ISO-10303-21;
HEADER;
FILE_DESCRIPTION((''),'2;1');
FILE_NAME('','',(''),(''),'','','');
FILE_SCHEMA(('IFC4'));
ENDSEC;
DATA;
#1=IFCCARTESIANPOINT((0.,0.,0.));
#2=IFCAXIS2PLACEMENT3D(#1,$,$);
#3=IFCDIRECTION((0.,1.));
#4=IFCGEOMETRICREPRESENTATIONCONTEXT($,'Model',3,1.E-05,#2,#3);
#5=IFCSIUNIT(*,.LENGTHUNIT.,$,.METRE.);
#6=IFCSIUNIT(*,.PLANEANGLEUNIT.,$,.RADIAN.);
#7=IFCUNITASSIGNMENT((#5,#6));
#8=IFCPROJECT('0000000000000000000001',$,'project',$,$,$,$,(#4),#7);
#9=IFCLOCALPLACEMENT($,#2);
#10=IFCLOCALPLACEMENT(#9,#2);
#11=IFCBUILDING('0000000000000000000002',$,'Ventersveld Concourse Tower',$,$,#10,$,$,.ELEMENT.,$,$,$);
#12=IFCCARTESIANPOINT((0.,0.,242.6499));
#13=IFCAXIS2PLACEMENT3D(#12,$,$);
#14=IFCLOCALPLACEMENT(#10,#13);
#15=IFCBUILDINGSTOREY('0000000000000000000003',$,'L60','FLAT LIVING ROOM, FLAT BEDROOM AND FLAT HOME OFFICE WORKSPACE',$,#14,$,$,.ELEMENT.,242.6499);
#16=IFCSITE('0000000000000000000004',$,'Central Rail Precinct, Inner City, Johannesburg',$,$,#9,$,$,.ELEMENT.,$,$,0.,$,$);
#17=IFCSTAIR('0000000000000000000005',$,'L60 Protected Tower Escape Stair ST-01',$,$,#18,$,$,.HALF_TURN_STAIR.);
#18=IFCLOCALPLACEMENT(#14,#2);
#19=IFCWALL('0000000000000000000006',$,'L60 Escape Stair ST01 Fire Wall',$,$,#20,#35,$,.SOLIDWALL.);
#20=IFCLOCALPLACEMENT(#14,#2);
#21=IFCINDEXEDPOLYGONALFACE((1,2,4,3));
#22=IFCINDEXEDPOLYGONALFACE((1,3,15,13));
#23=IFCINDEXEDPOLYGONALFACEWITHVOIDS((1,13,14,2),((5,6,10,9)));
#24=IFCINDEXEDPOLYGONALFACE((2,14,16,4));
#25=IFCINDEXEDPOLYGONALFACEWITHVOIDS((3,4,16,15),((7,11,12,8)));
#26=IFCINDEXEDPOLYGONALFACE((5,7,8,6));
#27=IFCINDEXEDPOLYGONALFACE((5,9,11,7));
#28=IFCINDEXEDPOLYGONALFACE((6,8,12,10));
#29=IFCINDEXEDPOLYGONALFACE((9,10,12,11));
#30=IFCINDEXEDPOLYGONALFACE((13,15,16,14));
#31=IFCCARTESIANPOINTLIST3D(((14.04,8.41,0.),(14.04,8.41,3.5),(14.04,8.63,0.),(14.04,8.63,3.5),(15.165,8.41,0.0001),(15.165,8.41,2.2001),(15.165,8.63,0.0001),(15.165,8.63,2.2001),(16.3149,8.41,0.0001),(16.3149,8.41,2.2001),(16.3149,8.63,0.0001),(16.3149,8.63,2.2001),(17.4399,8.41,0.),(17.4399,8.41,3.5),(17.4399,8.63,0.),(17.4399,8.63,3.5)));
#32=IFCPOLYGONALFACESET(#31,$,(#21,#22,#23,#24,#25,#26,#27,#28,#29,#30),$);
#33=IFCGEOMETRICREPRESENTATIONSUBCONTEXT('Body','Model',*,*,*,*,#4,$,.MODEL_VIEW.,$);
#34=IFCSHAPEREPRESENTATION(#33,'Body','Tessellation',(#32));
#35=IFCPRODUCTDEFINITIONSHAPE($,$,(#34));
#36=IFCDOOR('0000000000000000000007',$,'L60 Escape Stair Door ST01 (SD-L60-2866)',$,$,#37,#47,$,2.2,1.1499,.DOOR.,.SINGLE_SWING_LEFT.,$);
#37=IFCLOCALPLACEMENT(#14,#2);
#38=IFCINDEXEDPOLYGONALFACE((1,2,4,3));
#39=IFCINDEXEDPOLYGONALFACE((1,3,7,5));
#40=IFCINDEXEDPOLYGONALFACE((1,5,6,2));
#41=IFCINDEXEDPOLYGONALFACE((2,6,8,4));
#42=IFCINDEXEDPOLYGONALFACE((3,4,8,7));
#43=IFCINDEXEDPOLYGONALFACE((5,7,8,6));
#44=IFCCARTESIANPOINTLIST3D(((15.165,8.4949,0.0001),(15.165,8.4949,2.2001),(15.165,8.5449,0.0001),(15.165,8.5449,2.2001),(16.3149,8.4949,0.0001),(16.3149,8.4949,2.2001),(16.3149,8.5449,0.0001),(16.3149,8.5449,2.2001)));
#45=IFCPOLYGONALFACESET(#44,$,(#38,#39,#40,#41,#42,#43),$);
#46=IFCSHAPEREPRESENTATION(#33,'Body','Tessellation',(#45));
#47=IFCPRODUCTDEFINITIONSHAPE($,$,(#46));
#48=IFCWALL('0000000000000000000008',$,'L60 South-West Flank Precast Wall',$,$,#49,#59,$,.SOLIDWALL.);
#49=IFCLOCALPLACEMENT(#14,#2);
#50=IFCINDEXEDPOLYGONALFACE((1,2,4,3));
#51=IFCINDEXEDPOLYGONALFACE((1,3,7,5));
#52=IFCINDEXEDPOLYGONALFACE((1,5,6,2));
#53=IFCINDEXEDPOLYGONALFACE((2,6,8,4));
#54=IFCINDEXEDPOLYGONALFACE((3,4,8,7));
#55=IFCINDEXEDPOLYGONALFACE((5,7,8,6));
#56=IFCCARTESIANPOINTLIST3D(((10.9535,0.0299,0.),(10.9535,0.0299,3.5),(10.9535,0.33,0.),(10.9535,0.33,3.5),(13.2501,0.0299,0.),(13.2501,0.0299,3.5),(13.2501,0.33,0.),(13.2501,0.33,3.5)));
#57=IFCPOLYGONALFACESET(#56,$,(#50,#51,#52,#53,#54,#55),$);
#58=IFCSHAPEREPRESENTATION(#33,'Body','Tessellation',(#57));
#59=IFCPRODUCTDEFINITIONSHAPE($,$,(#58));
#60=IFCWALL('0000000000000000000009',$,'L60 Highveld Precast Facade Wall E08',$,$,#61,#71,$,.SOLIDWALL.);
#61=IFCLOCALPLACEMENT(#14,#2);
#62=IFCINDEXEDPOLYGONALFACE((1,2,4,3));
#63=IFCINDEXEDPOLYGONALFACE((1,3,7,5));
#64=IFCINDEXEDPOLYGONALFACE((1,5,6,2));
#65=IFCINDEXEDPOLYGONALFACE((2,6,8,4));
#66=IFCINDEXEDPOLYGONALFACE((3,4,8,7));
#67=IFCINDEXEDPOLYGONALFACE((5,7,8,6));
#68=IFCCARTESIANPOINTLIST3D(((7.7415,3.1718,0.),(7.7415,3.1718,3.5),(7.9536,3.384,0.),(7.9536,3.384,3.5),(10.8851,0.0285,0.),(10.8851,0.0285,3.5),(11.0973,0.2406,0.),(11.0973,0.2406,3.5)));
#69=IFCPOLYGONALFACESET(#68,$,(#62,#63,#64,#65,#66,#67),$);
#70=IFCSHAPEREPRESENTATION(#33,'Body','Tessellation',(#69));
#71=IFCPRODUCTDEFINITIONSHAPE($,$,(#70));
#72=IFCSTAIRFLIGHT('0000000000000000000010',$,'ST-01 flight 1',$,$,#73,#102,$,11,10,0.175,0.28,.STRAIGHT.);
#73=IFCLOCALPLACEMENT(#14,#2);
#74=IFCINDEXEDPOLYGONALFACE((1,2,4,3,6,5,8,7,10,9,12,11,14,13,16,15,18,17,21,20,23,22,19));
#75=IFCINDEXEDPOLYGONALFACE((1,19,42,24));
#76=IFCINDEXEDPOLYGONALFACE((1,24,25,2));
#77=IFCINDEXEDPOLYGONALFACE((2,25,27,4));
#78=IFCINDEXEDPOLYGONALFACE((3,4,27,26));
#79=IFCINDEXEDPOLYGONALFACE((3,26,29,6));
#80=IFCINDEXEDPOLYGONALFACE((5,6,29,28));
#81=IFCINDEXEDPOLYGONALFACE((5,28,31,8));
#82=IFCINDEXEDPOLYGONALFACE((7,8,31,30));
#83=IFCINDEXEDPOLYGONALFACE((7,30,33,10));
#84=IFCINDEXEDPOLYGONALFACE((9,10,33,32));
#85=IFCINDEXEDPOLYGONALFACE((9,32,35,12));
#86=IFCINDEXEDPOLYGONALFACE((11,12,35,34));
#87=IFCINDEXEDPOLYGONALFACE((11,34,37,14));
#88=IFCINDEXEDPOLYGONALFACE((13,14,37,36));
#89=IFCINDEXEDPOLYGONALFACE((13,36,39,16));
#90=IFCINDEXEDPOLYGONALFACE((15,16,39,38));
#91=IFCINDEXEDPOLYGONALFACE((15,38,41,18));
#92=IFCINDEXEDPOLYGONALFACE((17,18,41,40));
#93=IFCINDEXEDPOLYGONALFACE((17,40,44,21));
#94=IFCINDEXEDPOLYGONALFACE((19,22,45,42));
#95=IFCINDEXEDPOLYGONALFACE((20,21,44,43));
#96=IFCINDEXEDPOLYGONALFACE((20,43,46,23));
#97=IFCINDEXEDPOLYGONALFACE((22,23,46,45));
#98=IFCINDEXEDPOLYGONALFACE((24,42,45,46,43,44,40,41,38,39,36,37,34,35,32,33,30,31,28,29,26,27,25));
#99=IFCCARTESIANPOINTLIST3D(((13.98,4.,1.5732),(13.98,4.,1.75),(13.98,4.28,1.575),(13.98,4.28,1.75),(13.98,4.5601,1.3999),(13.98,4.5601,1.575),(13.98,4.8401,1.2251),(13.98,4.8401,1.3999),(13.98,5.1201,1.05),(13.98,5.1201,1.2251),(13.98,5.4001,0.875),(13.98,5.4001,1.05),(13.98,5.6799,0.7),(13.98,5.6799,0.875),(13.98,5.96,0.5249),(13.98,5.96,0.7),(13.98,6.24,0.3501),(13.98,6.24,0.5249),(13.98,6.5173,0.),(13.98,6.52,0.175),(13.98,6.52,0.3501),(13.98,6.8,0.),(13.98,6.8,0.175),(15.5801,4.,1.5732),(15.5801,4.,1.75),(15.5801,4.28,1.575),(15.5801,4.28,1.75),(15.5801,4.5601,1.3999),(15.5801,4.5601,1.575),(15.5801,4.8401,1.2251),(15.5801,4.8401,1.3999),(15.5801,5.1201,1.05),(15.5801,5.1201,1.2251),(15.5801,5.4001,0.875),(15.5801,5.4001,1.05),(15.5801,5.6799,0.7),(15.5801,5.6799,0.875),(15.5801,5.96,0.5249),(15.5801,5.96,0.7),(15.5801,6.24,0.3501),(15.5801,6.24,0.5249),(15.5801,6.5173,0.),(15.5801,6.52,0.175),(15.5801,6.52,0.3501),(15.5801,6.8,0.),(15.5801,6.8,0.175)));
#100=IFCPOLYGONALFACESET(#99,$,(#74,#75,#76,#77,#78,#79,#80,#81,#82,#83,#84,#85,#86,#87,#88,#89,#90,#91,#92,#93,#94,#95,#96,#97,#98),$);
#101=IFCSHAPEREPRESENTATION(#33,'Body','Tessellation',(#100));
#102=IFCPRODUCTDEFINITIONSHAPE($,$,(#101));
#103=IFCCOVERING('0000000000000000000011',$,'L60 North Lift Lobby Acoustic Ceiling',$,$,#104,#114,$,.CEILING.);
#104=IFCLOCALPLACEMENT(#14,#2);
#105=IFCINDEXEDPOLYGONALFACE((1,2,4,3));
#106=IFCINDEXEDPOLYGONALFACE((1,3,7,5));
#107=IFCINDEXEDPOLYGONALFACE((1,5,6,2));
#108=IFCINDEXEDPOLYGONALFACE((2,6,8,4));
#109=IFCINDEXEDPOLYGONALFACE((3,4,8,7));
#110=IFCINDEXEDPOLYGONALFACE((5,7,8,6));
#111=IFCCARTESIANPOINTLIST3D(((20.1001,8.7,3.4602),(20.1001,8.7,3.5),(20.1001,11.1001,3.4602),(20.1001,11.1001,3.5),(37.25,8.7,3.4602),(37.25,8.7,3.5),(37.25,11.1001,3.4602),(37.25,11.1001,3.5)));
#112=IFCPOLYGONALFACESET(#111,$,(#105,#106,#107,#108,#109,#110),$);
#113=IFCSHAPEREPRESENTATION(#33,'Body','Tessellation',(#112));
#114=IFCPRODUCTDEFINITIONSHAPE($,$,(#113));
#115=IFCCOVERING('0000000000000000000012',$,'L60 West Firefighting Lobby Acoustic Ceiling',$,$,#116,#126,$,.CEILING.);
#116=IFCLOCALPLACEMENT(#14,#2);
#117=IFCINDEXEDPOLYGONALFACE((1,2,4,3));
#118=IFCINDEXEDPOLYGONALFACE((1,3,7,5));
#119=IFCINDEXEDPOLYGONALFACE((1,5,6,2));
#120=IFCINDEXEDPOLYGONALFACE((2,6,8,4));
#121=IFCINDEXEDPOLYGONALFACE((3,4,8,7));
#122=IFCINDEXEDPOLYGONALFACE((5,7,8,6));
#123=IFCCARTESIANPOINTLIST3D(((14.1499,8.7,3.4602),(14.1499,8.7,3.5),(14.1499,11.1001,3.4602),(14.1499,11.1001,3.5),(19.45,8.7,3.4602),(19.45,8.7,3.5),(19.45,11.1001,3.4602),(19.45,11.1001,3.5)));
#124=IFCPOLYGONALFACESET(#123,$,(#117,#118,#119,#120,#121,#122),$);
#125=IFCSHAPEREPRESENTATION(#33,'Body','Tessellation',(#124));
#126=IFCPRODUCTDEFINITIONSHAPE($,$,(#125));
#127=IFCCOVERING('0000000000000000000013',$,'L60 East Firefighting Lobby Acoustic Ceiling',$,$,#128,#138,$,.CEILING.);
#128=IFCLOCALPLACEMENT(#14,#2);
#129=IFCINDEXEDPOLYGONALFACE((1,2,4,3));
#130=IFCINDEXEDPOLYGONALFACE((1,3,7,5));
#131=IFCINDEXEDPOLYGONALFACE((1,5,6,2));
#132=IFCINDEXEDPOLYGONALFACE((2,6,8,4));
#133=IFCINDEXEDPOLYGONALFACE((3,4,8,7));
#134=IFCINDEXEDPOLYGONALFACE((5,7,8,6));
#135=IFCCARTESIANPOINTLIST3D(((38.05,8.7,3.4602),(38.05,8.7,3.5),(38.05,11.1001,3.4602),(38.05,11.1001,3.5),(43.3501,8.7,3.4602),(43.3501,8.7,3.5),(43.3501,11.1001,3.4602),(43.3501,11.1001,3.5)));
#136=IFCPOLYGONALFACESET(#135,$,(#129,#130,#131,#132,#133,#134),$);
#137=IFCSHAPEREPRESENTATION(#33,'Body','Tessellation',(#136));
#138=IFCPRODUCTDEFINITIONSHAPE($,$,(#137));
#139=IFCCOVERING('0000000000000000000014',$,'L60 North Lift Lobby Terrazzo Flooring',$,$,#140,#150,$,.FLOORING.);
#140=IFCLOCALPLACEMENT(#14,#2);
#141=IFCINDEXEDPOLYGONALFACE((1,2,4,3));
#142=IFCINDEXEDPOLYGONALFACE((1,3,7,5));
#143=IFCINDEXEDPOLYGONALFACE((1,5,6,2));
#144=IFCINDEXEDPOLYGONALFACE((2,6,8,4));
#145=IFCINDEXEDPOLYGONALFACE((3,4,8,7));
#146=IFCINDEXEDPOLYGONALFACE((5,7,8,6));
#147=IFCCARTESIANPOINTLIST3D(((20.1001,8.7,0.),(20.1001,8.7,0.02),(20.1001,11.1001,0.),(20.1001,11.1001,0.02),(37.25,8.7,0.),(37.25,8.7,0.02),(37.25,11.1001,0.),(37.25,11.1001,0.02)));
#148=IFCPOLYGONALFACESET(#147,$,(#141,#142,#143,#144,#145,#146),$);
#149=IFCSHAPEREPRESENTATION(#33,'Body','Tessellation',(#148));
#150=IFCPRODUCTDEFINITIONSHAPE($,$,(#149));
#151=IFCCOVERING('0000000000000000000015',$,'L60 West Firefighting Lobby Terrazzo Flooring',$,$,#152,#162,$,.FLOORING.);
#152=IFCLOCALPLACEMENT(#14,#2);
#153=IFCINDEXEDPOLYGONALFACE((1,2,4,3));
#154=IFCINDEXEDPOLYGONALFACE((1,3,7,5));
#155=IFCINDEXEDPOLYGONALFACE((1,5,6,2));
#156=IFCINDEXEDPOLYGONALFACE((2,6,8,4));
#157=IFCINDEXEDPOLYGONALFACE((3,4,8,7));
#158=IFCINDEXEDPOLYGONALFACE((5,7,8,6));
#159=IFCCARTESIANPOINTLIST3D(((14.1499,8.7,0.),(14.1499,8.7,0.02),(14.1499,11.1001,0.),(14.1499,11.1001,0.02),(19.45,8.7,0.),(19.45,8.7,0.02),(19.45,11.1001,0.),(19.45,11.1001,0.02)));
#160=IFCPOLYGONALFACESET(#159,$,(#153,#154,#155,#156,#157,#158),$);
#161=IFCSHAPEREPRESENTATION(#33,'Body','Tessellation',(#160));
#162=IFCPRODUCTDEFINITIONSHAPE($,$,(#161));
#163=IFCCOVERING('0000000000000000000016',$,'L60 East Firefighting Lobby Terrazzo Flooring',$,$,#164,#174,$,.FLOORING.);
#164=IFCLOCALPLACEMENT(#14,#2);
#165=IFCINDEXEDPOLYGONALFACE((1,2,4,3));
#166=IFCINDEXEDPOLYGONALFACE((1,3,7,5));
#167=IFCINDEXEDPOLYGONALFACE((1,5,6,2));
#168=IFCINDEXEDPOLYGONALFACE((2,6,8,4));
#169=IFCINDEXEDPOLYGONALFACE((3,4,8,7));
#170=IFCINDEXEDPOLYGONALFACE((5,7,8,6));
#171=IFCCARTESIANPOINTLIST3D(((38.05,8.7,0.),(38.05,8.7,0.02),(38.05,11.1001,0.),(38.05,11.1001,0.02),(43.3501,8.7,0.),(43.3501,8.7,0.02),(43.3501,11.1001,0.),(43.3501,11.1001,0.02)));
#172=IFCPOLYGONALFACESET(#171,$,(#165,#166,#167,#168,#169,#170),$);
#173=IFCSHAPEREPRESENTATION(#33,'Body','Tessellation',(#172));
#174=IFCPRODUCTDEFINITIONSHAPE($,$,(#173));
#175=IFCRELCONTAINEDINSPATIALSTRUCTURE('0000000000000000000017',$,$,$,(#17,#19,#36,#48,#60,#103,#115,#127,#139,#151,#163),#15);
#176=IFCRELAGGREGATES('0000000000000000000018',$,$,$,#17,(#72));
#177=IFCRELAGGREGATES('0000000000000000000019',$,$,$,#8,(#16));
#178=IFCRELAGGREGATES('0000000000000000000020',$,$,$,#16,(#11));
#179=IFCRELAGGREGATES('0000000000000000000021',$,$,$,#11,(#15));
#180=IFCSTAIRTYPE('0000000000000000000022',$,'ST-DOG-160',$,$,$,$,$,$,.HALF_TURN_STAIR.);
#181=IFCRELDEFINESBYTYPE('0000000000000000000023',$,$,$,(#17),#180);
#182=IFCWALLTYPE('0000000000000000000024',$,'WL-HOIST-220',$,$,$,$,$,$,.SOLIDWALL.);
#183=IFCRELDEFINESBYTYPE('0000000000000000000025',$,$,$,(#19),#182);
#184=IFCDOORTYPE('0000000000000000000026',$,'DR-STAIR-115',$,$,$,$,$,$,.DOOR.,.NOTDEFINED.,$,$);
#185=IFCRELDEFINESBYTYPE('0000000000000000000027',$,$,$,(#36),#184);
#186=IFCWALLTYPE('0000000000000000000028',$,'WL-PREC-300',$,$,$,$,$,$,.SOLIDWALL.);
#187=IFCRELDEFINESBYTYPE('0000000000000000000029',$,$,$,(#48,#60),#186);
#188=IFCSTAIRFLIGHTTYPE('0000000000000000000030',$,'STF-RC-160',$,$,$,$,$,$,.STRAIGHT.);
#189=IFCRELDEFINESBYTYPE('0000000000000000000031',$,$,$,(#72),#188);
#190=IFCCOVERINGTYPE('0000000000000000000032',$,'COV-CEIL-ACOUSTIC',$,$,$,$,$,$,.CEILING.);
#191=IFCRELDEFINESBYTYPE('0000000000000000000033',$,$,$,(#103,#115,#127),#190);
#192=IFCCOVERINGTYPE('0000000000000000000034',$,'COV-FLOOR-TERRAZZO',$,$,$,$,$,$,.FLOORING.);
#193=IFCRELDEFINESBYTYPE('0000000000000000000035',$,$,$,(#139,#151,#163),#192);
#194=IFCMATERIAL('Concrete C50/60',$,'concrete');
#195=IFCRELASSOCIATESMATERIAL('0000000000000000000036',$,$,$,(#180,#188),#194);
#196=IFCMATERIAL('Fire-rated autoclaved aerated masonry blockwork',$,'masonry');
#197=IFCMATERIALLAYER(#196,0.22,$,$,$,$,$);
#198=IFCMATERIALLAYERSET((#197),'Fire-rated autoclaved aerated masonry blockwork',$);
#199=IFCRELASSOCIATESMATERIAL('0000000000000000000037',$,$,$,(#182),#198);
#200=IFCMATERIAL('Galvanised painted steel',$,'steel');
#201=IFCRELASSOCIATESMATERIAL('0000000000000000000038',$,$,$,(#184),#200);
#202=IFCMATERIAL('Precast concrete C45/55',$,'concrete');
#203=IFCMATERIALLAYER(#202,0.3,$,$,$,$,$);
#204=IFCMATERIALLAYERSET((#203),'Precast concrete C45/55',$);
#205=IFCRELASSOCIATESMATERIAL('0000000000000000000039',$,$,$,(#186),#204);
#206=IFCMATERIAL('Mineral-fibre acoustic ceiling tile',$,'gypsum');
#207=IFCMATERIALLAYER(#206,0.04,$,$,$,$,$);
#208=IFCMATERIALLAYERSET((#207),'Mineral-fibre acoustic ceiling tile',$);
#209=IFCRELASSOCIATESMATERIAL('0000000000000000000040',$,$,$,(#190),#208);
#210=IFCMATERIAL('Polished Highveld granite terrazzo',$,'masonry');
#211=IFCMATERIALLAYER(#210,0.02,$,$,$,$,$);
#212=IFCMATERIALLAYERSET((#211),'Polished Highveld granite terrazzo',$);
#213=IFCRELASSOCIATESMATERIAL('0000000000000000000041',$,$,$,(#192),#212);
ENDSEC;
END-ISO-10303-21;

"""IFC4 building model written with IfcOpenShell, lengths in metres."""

from ifc_helpers import new_model, si_unit, direction, frame, frame_2d, origin, place, context, subcontext, project, spatial, polyline, rectangle, outline, extrude, material, layer, layer_set, type_object, element, fill, aggregate, save


model = new_model("IFC4")

# Units and contexts
model_context = context("Model", 3, precision=1e-05, world=origin(), true_north=direction((0.0, 1.0)))
body_context = subcontext(model_context, "Body", "Model", "MODEL_VIEW")
ifc_project = project(units=[si_unit("LENGTHUNIT", "METRE"), si_unit("PLANEANGLEUNIT", "RADIAN")], contexts=[model_context])

# Site, building, storey
site_placement = place(None, origin())
site = spatial("IfcSite", under=ifc_project, at=site_placement, Name="Central Rail Precinct, Inner City, Johannesburg", CompositionType="ELEMENT", RefElevation=0.0)
building_placement = place(site_placement, origin())
building = spatial("IfcBuilding", under=site, at=building_placement, Name="Ventersveld Concourse Tower", CompositionType="ELEMENT")
storey_placement = place(building_placement, frame((0.0, 0.0, 242.6499)))
storey = spatial("IfcBuildingStorey", under=building, at=storey_placement, Name="L60", Description="FLAT LIVING ROOM, FLAT BEDROOM AND FLAT HOME OFFICE WORKSPACE", CompositionType="ELEMENT", Elevation=242.6499)

# Shared definitions
ifc_material_1 = material(Name="Concrete C50/60", Category="concrete")

# Stair
stair_type_1 = type_object("IfcStairType", Name="ST-DOG-160", PredefinedType="HALF_TURN_STAIR", material=ifc_material_1)
stair_1_placement = place(storey_placement, origin())
stair_1 = element("IfcStair", 1, at=stair_1_placement, inside=storey, type_object=stair_type_1, Name="L60 Protected Tower Escape Stair ST-01", PredefinedType="HALF_TURN_STAIR")

# Wall, opening, door
ifc_material_2 = material(Name="Fire-rated autoclaved aerated masonry blockwork", Category="masonry")
ifc_layer_1 = layer(ifc_material_2, 0.22)
ifc_layer_set_1 = layer_set([ifc_layer_1], Name="Fire-rated autoclaved aerated masonry blockwork")
wall_type_1 = type_object("IfcWallType", Name="WL-HOIST-220", PredefinedType="SOLIDWALL", material=ifc_layer_set_1)
wall_1_placement = place(storey_placement, frame((14.04, 8.52, 0.0), z_axis=(0.0, 0.0, 1.0), x_axis=(1.0, 0.0, 0.0)))
wall_1 = element("IfcWall", 2, at=wall_1_placement, inside=storey, type_object=wall_type_1, Name="L60 Escape Stair ST01 Fire Wall", PredefinedType="SOLIDWALL", context=body_context, shape_type="SweptSolid", body=[
    extrude(rectangle(XDim=3.3999, YDim=0.22, at=frame_2d((1.7, 0.0))), origin(), (0.0, 0.0, 1.0), 3.5),
])
opening_placement = place(wall_1_placement, frame((1.125, 0.0, 0.0)))
opening = element("IfcOpeningElement", 3, at=opening_placement, cuts=wall_1, PredefinedType="OPENING", context=body_context, shape_type="SweptSolid", body=[
    extrude(rectangle(XDim=1.1499, YDim=2.2, at=frame_2d((0.575, 1.1001))), frame((0.0, 0.1201, 0.0), z_axis=(0.0, -1.0, 0.0), x_axis=(1.0, 0.0, 0.0)), (0.0, 0.0, 1.0), 0.24),
])
ifc_material_3 = material(Name="Galvanised painted steel", Category="steel")
door_type = type_object("IfcDoorType", Name="DR-STAIR-115", OperationType="NOTDEFINED", PredefinedType="DOOR", material=ifc_material_3)
door_placement = place(opening_placement, origin())
door = element("IfcDoor", 4, at=door_placement, inside=storey, type_object=door_type, Name="L60 Escape Stair Door ST01 (SD-L60-2866)", OperationType="SINGLE_SWING_LEFT", OverallHeight=2.2, OverallWidth=1.1499, PredefinedType="DOOR", context=body_context, shape_type="SweptSolid", body=[
    extrude(rectangle(XDim=1.1499, YDim=2.2, at=frame_2d((0.575, 1.1001))), frame((0.0, 0.0249, 0.0), z_axis=(0.0, -1.0, 0.0), x_axis=(1.0, 0.0, 0.0)), (0.0, 0.0, 1.0), 0.05),
])
fill(opening, door)

# Walls
ifc_material_4 = material(Name="Precast concrete C45/55", Category="concrete")
ifc_layer_2 = layer(ifc_material_4, 0.3)
ifc_layer_set_2 = layer_set([ifc_layer_2], Name="Precast concrete C45/55")
wall_type_2 = type_object("IfcWallType", Name="WL-PREC-300", PredefinedType="SOLIDWALL", material=ifc_layer_set_2)
wall_2_placement = place(storey_placement, frame((10.9534, 0.1799, 0.0), z_axis=(0.0, 0.0, 1.0), x_axis=(1.0, 0.0, 0.0)))
element("IfcWall", 5, at=wall_2_placement, inside=storey, type_object=wall_type_2, Name="L60 South-West Flank Precast Wall", PredefinedType="SOLIDWALL", context=body_context, shape_type="SweptSolid", body=[
    extrude(rectangle(XDim=2.2966, YDim=0.3, at=frame_2d((1.1484, 0.0))), origin(), (0.0, 0.0, 1.0), 3.5),
])
wall_3_placement = place(storey_placement, frame((7.8477, 3.2778, 0.0), z_axis=(0.0, 0.0, 1.0), x_axis=(0.707134, -0.707079, 0.0)))
element("IfcWall", 6, at=wall_3_placement, inside=storey, type_object=wall_type_2, Name="L60 Highveld Precast Facade Wall E08", PredefinedType="SOLIDWALL", context=body_context, shape_type="SweptSolid", body=[
    extrude(rectangle(XDim=4.4456, YDim=0.3, at=frame_2d((2.2227, 0.0))), origin(), (0.0, 0.0, 1.0), 3.5),
])

# Stair flight
stair_flight_type = type_object("IfcStairFlightType", Name="STF-RC-160", PredefinedType="STRAIGHT", material=ifc_material_1)
stair_flight_placement = place(storey_placement, frame((14.78, 6.8, 0.0), z_axis=(0.0, 0.0, 1.0), x_axis=(0.0, -1.0, 0.0)))
stair_flight = element("IfcStairFlight", 7, at=stair_flight_placement, type_object=stair_flight_type, Name="ST-01 flight 1", NumberOfRisers=11, NumberOfTreads=10, PredefinedType="STRAIGHT", RiserHeight=0.175, TreadLength=0.28, context=body_context, shape_type="SweptSolid", body=[
    extrude(outline(polyline([(0.0, 0.0), (0.0, 0.175), (0.28, 0.175), (0.28, 0.3501), (0.5601, 0.3501), (0.5601, 0.5249), (0.8401, 0.5249), (0.8401, 0.7), (1.1201, 0.7), (1.1201, 0.875), (1.3999, 0.875), (1.3999, 1.05), (1.6799, 1.05), (1.6799, 1.2251), (1.96, 1.2251), (1.96, 1.3999), (2.24, 1.3999), (2.24, 1.575), (2.52, 1.575), (2.52, 1.75), (2.8, 1.75), (2.8, 1.925), (2.8, 1.5732), (0.2827, 0.0), (0.0, 0.0)])), frame((0.0, 0.8, 0.0), z_axis=(0.0, -1.0, 0.0), x_axis=(1.0, 0.0, 0.0)), (0.0, 0.0, 1.0), 1.6001),
])
aggregate(stair_1, [stair_flight])

# Coverings
ifc_material_5 = material(Name="Mineral-fibre acoustic ceiling tile", Category="gypsum")
ifc_layer_3 = layer(ifc_material_5, 0.04)
ifc_layer_set_3 = layer_set([ifc_layer_3], Name="Mineral-fibre acoustic ceiling tile")
covering_type_1 = type_object("IfcCoveringType", Name="COV-CEIL-ACOUSTIC", PredefinedType="CEILING", material=ifc_layer_set_3)
covering_1_placement = place(storey_placement, frame((0.0, 0.0, 3.4602)))
element("IfcCovering", 8, at=covering_1_placement, inside=storey, type_object=covering_type_1, Name="L60 North Lift Lobby Acoustic Ceiling", PredefinedType="CEILING", context=body_context, shape_type="SweptSolid", body=[
    extrude(outline(polyline([(20.1001, 8.7), (37.25, 8.7), (37.25, 11.1001), (20.1001, 11.1001), (20.1001, 8.7)])), origin(), (0.0, 0.0, 1.0), 0.0398),
])
covering_2_placement = place(storey_placement, frame((0.0, 0.0, 3.4602)))
element("IfcCovering", 9, at=covering_2_placement, inside=storey, type_object=covering_type_1, Name="L60 West Firefighting Lobby Acoustic Ceiling", PredefinedType="CEILING", context=body_context, shape_type="SweptSolid", body=[
    extrude(outline(polyline([(14.1499, 8.7), (19.45, 8.7), (19.45, 11.1001), (14.1499, 11.1001), (14.1499, 8.7)])), origin(), (0.0, 0.0, 1.0), 0.0398),
])
covering_3_placement = place(storey_placement, frame((0.0, 0.0, 3.4602)))
element("IfcCovering", 10, at=covering_3_placement, inside=storey, type_object=covering_type_1, Name="L60 East Firefighting Lobby Acoustic Ceiling", PredefinedType="CEILING", context=body_context, shape_type="SweptSolid", body=[
    extrude(outline(polyline([(38.05, 8.7), (43.3501, 8.7), (43.3501, 11.1001), (38.05, 11.1001), (38.05, 8.7)])), origin(), (0.0, 0.0, 1.0), 0.0398),
])
ifc_material_6 = material(Name="Polished Highveld granite terrazzo", Category="masonry")
ifc_layer_4 = layer(ifc_material_6, 0.02)
ifc_layer_set_4 = layer_set([ifc_layer_4], Name="Polished Highveld granite terrazzo")
covering_type_2 = type_object("IfcCoveringType", Name="COV-FLOOR-TERRAZZO", PredefinedType="FLOORING", material=ifc_layer_set_4)
covering_4_placement = place(storey_placement, origin())
element("IfcCovering", 11, at=covering_4_placement, inside=storey, type_object=covering_type_2, Name="L60 North Lift Lobby Terrazzo Flooring", PredefinedType="FLOORING", context=body_context, shape_type="SweptSolid", body=[
    extrude(outline(polyline([(20.1001, 8.7), (37.25, 8.7), (37.25, 11.1001), (20.1001, 11.1001), (20.1001, 8.7)])), origin(), (0.0, 0.0, 1.0), 0.02),
])
covering_5_placement = place(storey_placement, origin())
element("IfcCovering", 12, at=covering_5_placement, inside=storey, type_object=covering_type_2, Name="L60 West Firefighting Lobby Terrazzo Flooring", PredefinedType="FLOORING", context=body_context, shape_type="SweptSolid", body=[
    extrude(outline(polyline([(14.1499, 8.7), (19.45, 8.7), (19.45, 11.1001), (14.1499, 11.1001), (14.1499, 8.7)])), origin(), (0.0, 0.0, 1.0), 0.02),
])
covering_6_placement = place(storey_placement, origin())
element("IfcCovering", 13, at=covering_6_placement, inside=storey, type_object=covering_type_2, Name="L60 East Firefighting Lobby Terrazzo Flooring", PredefinedType="FLOORING", context=body_context, shape_type="SweptSolid", body=[
    extrude(outline(polyline([(38.05, 8.7), (43.3501, 8.7), (43.3501, 11.1001), (38.05, 11.1001), (38.05, 8.7)])), origin(), (0.0, 0.0, 1.0), 0.02),
])

save(model, "model.ifc")
